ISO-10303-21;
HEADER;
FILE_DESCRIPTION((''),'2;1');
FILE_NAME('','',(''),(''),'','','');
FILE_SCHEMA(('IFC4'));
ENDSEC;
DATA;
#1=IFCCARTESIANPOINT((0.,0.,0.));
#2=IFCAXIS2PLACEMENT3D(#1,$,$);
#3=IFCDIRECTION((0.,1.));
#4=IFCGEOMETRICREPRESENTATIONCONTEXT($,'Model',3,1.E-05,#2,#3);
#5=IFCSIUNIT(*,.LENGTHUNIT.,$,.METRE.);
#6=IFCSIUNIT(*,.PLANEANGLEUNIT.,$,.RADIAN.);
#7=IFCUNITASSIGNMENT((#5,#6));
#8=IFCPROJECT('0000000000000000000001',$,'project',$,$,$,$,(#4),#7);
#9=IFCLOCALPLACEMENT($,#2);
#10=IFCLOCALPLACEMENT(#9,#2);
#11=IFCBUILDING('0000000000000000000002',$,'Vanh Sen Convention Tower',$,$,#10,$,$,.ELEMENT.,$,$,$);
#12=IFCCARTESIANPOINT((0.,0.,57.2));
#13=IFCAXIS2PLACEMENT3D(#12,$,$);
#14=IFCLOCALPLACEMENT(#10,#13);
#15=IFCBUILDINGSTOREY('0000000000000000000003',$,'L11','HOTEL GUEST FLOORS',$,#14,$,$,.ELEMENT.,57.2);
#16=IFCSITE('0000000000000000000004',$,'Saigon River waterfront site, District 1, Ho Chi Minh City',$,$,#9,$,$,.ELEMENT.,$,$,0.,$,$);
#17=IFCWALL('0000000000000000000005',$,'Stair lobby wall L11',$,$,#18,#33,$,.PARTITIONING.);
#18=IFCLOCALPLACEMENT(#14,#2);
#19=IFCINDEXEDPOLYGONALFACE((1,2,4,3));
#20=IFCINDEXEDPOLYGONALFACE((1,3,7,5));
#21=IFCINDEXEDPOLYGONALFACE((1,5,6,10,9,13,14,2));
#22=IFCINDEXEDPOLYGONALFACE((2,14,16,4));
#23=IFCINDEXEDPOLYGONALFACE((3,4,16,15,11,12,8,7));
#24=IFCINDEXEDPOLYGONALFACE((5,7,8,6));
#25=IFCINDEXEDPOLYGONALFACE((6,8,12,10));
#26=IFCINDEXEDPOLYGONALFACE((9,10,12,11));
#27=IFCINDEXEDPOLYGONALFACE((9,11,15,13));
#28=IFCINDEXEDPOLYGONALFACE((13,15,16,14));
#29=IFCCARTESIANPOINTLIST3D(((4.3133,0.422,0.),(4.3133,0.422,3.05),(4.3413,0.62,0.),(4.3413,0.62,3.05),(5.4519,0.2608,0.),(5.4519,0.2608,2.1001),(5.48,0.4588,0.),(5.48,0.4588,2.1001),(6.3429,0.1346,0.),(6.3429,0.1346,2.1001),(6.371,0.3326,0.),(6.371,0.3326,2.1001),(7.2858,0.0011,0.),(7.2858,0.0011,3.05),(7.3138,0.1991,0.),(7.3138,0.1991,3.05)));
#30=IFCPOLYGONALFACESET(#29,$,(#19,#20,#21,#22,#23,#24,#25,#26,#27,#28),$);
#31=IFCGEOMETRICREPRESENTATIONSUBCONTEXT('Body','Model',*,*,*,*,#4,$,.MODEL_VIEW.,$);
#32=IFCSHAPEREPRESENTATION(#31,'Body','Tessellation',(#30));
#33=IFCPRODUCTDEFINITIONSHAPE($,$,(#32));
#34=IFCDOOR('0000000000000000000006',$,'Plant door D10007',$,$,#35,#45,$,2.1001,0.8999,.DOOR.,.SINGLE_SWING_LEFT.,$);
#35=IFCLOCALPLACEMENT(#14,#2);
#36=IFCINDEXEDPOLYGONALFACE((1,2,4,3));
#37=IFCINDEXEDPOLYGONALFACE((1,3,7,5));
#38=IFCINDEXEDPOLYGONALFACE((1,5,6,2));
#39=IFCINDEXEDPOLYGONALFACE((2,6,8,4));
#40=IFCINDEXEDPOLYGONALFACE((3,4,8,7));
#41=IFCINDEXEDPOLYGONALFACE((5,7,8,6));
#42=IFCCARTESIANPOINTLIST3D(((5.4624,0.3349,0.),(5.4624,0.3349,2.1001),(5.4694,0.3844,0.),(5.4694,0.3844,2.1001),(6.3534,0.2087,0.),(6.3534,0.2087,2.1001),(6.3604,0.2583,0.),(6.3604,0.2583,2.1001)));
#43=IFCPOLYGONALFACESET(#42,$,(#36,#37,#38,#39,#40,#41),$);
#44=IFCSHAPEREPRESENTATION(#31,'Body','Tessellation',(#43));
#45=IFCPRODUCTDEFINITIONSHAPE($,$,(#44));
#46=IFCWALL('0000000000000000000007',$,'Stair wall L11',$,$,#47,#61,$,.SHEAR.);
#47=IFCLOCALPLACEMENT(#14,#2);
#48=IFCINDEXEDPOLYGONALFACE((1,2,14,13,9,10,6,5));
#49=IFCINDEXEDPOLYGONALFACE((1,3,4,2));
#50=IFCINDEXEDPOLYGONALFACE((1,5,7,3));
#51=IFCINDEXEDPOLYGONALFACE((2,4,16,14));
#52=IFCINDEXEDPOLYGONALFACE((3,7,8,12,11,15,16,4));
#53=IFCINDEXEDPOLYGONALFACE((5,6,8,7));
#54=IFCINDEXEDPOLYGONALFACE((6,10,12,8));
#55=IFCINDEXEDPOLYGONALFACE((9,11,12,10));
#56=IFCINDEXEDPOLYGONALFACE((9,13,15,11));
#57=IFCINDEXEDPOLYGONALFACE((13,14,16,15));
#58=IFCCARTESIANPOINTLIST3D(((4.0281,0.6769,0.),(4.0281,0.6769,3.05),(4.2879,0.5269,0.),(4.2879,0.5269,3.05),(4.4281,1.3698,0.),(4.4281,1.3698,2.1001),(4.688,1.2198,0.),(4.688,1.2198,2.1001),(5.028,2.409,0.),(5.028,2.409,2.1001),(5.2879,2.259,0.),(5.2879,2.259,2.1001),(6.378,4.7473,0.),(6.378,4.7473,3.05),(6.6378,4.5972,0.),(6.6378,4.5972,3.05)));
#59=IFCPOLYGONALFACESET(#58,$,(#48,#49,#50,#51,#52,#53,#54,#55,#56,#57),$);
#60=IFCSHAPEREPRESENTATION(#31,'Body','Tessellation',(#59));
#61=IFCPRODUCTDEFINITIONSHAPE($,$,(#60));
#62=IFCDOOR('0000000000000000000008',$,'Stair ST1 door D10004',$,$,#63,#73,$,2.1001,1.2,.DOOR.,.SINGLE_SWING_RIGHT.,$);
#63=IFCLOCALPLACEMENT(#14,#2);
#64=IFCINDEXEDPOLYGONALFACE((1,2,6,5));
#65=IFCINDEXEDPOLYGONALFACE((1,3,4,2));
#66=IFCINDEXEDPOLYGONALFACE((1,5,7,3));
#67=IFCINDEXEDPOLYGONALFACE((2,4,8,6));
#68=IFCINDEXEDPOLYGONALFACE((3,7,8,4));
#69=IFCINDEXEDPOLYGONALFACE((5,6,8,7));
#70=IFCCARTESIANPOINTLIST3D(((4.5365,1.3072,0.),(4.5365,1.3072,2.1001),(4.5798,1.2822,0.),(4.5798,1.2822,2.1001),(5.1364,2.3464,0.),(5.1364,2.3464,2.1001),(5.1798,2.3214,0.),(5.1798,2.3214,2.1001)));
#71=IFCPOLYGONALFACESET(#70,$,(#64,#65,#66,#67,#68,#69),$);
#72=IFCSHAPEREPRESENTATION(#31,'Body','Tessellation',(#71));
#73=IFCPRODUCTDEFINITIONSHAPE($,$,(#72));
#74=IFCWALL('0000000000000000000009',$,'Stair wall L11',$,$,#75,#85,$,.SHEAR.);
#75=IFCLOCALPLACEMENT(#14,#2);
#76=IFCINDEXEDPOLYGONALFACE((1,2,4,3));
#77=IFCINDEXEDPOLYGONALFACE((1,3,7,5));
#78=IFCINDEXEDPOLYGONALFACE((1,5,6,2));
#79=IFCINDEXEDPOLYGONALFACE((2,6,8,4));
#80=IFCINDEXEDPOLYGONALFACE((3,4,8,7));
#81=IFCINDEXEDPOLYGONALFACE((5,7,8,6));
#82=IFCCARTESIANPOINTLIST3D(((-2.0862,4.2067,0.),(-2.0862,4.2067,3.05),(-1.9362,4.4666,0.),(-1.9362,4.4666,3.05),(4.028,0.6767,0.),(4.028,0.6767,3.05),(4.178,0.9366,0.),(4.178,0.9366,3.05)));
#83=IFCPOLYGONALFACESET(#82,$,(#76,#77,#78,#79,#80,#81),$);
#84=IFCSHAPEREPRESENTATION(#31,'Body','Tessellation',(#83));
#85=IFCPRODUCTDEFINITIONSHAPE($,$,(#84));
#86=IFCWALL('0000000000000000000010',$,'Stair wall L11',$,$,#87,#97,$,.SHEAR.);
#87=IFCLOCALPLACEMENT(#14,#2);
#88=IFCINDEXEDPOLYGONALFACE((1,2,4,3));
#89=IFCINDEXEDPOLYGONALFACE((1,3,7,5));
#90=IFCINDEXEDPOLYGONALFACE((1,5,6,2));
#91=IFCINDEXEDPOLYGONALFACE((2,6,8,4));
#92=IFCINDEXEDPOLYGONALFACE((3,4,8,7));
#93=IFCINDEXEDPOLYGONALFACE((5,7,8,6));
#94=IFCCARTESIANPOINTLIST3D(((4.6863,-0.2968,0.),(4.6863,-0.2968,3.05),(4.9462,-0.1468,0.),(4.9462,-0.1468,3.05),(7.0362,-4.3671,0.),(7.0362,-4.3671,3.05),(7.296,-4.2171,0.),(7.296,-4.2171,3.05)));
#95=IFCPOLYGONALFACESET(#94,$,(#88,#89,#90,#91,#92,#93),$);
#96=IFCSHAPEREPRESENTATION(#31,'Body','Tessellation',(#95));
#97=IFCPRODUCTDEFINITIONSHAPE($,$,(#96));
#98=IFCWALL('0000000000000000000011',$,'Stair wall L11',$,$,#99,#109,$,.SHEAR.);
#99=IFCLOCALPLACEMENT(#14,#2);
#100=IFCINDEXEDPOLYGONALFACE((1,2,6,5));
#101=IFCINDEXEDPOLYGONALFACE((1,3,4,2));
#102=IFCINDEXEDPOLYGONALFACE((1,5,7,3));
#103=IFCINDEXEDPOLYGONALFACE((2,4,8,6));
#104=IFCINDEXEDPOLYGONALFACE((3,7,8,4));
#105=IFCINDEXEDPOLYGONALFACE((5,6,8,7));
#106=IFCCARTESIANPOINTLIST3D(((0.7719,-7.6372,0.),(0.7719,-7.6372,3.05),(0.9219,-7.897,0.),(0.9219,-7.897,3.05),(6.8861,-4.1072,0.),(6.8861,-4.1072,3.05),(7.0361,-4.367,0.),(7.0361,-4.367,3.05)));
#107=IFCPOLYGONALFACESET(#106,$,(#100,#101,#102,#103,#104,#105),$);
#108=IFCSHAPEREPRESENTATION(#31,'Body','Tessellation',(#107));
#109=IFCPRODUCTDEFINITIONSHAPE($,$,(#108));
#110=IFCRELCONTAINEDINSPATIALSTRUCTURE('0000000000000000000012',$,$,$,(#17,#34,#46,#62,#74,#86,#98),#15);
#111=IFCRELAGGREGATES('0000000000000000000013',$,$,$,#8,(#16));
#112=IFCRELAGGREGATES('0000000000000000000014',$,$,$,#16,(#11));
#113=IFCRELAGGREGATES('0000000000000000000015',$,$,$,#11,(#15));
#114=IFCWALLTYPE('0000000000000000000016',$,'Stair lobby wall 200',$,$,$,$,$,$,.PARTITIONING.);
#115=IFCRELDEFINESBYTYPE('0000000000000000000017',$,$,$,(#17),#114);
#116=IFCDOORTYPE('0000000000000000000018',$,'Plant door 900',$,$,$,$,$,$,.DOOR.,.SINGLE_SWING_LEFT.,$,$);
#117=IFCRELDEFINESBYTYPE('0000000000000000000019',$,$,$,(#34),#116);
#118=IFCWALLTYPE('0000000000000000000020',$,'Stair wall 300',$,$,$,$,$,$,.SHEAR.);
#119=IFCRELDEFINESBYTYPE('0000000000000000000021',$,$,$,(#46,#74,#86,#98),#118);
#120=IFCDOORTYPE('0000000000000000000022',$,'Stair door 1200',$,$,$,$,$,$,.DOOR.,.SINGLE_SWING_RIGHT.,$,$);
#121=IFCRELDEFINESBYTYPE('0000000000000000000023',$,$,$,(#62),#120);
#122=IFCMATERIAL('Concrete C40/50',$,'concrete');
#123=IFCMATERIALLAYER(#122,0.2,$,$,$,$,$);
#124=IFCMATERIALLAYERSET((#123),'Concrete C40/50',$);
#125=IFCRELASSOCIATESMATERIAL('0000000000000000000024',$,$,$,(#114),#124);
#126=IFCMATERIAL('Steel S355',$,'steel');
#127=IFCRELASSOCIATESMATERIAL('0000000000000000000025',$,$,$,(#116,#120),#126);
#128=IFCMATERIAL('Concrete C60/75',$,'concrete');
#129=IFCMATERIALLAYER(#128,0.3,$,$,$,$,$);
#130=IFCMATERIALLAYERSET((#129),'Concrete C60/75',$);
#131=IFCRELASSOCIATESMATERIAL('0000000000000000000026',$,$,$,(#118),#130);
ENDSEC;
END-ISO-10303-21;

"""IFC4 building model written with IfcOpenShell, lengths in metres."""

from ifc_helpers import new_model, si_unit, direction, frame, frame_2d, origin, place, context, subcontext, project, spatial, rectangle, extrude, material, layer, layer_set, type_object, element, fill, save


model = new_model("IFC4")

# Units and contexts
model_context = context("Model", 3, precision=1e-05, world=origin(), true_north=direction((0.0, 1.0)))
body_context = subcontext(model_context, "Body", "Model", "MODEL_VIEW")
ifc_project = project(units=[si_unit("LENGTHUNIT", "METRE"), si_unit("PLANEANGLEUNIT", "RADIAN")], contexts=[model_context])

# Site, building, storey
site_placement = place(None, origin())
site = spatial("IfcSite", under=ifc_project, at=site_placement, Name="Saigon River waterfront site, District 1, Ho Chi Minh City", CompositionType="ELEMENT", RefElevation=0.0)
building_placement = place(site_placement, origin())
building = spatial("IfcBuilding", under=site, at=building_placement, Name="Vanh Sen Convention Tower", CompositionType="ELEMENT")
storey_placement = place(building_placement, frame((0.0, 0.0, 57.2)))
storey = spatial("IfcBuildingStorey", under=building, at=storey_placement, Name="L11", Description="HOTEL GUEST FLOORS", CompositionType="ELEMENT", Elevation=57.2)

# Shared definitions
ifc_material_1 = material(Name="Steel S355", Category="steel")

# Shared definitions
ifc_material_2 = material(Name="Concrete C40/50", Category="concrete")

# Walls, openings, doors
ifc_layer_1 = layer(ifc_material_2, 0.2)
ifc_layer_set_1 = layer_set([ifc_layer_1], Name="Concrete C40/50")
wall_type_1 = type_object("IfcWallType", Name="Stair lobby wall 200", PredefinedType="PARTITIONING", material=ifc_layer_set_1)
wall_1_placement = place(storey_placement, frame((4.3274, 0.521, 0.0), z_axis=(0.0, 0.0, 1.0), x_axis=(0.990124, -0.140192, 0.0)))
wall_1 = element("IfcWall", 1, at=wall_1_placement, inside=storey, type_object=wall_type_1, Name="Stair lobby wall L11", PredefinedType="PARTITIONING", context=body_context, shape_type="SweptSolid", body=[
    extrude(rectangle(XDim=3.0022, YDim=0.2, at=frame_2d((1.501, 0.0))), origin(), (0.0, 0.0, 1.0), 3.05),
])
opening_1_placement = place(wall_1_placement, frame((1.1499, 0.0, 0.0)))
opening_1 = element("IfcOpeningElement", 2, at=opening_1_placement, cuts=wall_1, PredefinedType="OPENING", context=body_context, shape_type="SweptSolid", body=[
    extrude(rectangle(XDim=0.8999, YDim=2.1001, at=frame_2d((0.45, 1.05))), frame((0.0, 0.1099, 0.0), z_axis=(0.0, -1.0, 0.0), x_axis=(1.0, 0.0, 0.0)), (0.0, 0.0, 1.0), 0.22),
])
door_type_1 = type_object("IfcDoorType", Name="Plant door 900", OperationType="SINGLE_SWING_LEFT", PredefinedType="DOOR", material=ifc_material_1)
door_1_placement = place(opening_1_placement, origin())
door_1 = element("IfcDoor", 3, at=door_1_placement, inside=storey, type_object=door_type_1, Name="Plant door D10007", OperationType="SINGLE_SWING_LEFT", OverallHeight=2.1001, OverallWidth=0.8999, PredefinedType="DOOR", context=body_context, shape_type="SweptSolid", body=[
    extrude(rectangle(XDim=0.8999, YDim=2.1001, at=frame_2d((0.45, 1.05))), frame((0.0, 0.0249, 0.0), z_axis=(0.0, -1.0, 0.0), x_axis=(1.0, 0.0, 0.0)), (0.0, 0.0, 1.0), 0.05),
])
fill(opening_1, door_1)
ifc_material_3 = material(Name="Concrete C60/75", Category="concrete")
ifc_layer_2 = layer(ifc_material_3, 0.3)
ifc_layer_set_2 = layer_set([ifc_layer_2], Name="Concrete C60/75")
wall_type_2 = type_object("IfcWallType", Name="Stair wall 300", PredefinedType="SHEAR", material=ifc_layer_set_2)
wall_2_placement = place(storey_placement, frame((4.158, 0.6018, 0.0), z_axis=(0.0, 0.0, 1.0), x_axis=(0.499977, 0.866039, 0.0)))
wall_2 = element("IfcWall", 4, at=wall_2_placement, inside=storey, type_object=wall_type_2, Name="Stair wall L11", PredefinedType="SHEAR", context=body_context, shape_type="SweptSolid", body=[
    extrude(rectangle(XDim=4.7, YDim=0.3, at=frame_2d((2.3501, 0.0))), origin(), (0.0, 0.0, 1.0), 3.05),
])
opening_2_placement = place(wall_2_placement, frame((0.8, 0.0, 0.0)))
opening_2 = element("IfcOpeningElement", 5, at=opening_2_placement, cuts=wall_2, PredefinedType="OPENING", context=body_context, shape_type="SweptSolid", body=[
    extrude(rectangle(XDim=1.2, YDim=2.1001, at=frame_2d((0.6001, 1.05))), frame((0.0, 0.1599, 0.0), z_axis=(0.0, -1.0, 0.0), x_axis=(1.0, 0.0, 0.0)), (0.0, 0.0, 1.0), 0.3201),
])
door_type_2 = type_object("IfcDoorType", Name="Stair door 1200", OperationType="SINGLE_SWING_RIGHT", PredefinedType="DOOR", material=ifc_material_1)
door_2_placement = place(opening_2_placement, origin())
door_2 = element("IfcDoor", 6, at=door_2_placement, inside=storey, type_object=door_type_2, Name="Stair ST1 door D10004", OperationType="SINGLE_SWING_RIGHT", OverallHeight=2.1001, OverallWidth=1.2, PredefinedType="DOOR", context=body_context, shape_type="SweptSolid", body=[
    extrude(rectangle(XDim=1.2, YDim=2.1001, at=frame_2d((0.6001, 1.05))), frame((0.0, 0.0249, 0.0), z_axis=(0.0, -1.0, 0.0), x_axis=(1.0, 0.0, 0.0)), (0.0, 0.0, 1.0), 0.05),
])
fill(opening_2, door_2)

# Walls
wall_3_placement = place(storey_placement, frame((4.103, 0.8066, 0.0), z_axis=(0.0, 0.0, 1.0), x_axis=(-0.866028, 0.499996, 0.0)))
element("IfcWall", 7, at=wall_3_placement, inside=storey, type_object=wall_type_2, Name="Stair wall L11", PredefinedType="SHEAR", context=body_context, shape_type="SweptSolid", body=[
    extrude(rectangle(XDim=7.0601, YDim=0.3, at=frame_2d((3.53, 0.0))), origin(), (0.0, 0.0, 1.0), 3.05),
])
wall_4_placement = place(storey_placement, frame((4.8162, -0.2217, 0.0), z_axis=(0.0, 0.0, 1.0), x_axis=(0.499977, -0.866039, 0.0)))
element("IfcWall", 8, at=wall_4_placement, inside=storey, type_object=wall_type_2, Name="Stair wall L11", PredefinedType="SHEAR", context=body_context, shape_type="SweptSolid", body=[
    extrude(rectangle(XDim=4.7, YDim=0.3, at=frame_2d((2.3501, 0.0))), origin(), (0.0, 0.0, 1.0), 3.05),
])
wall_5_placement = place(storey_placement, frame((0.8469, -7.7671, 0.0), z_axis=(0.0, 0.0, 1.0), x_axis=(0.866028, 0.499996, 0.0)))
element("IfcWall", 9, at=wall_5_placement, inside=storey, type_object=wall_type_2, Name="Stair wall L11", PredefinedType="SHEAR", context=body_context, shape_type="SweptSolid", body=[
    extrude(rectangle(XDim=7.0601, YDim=0.3, at=frame_2d((3.53, 0.0))), origin(), (0.0, 0.0, 1.0), 3.05),
])

save(model, "model.ifc")
